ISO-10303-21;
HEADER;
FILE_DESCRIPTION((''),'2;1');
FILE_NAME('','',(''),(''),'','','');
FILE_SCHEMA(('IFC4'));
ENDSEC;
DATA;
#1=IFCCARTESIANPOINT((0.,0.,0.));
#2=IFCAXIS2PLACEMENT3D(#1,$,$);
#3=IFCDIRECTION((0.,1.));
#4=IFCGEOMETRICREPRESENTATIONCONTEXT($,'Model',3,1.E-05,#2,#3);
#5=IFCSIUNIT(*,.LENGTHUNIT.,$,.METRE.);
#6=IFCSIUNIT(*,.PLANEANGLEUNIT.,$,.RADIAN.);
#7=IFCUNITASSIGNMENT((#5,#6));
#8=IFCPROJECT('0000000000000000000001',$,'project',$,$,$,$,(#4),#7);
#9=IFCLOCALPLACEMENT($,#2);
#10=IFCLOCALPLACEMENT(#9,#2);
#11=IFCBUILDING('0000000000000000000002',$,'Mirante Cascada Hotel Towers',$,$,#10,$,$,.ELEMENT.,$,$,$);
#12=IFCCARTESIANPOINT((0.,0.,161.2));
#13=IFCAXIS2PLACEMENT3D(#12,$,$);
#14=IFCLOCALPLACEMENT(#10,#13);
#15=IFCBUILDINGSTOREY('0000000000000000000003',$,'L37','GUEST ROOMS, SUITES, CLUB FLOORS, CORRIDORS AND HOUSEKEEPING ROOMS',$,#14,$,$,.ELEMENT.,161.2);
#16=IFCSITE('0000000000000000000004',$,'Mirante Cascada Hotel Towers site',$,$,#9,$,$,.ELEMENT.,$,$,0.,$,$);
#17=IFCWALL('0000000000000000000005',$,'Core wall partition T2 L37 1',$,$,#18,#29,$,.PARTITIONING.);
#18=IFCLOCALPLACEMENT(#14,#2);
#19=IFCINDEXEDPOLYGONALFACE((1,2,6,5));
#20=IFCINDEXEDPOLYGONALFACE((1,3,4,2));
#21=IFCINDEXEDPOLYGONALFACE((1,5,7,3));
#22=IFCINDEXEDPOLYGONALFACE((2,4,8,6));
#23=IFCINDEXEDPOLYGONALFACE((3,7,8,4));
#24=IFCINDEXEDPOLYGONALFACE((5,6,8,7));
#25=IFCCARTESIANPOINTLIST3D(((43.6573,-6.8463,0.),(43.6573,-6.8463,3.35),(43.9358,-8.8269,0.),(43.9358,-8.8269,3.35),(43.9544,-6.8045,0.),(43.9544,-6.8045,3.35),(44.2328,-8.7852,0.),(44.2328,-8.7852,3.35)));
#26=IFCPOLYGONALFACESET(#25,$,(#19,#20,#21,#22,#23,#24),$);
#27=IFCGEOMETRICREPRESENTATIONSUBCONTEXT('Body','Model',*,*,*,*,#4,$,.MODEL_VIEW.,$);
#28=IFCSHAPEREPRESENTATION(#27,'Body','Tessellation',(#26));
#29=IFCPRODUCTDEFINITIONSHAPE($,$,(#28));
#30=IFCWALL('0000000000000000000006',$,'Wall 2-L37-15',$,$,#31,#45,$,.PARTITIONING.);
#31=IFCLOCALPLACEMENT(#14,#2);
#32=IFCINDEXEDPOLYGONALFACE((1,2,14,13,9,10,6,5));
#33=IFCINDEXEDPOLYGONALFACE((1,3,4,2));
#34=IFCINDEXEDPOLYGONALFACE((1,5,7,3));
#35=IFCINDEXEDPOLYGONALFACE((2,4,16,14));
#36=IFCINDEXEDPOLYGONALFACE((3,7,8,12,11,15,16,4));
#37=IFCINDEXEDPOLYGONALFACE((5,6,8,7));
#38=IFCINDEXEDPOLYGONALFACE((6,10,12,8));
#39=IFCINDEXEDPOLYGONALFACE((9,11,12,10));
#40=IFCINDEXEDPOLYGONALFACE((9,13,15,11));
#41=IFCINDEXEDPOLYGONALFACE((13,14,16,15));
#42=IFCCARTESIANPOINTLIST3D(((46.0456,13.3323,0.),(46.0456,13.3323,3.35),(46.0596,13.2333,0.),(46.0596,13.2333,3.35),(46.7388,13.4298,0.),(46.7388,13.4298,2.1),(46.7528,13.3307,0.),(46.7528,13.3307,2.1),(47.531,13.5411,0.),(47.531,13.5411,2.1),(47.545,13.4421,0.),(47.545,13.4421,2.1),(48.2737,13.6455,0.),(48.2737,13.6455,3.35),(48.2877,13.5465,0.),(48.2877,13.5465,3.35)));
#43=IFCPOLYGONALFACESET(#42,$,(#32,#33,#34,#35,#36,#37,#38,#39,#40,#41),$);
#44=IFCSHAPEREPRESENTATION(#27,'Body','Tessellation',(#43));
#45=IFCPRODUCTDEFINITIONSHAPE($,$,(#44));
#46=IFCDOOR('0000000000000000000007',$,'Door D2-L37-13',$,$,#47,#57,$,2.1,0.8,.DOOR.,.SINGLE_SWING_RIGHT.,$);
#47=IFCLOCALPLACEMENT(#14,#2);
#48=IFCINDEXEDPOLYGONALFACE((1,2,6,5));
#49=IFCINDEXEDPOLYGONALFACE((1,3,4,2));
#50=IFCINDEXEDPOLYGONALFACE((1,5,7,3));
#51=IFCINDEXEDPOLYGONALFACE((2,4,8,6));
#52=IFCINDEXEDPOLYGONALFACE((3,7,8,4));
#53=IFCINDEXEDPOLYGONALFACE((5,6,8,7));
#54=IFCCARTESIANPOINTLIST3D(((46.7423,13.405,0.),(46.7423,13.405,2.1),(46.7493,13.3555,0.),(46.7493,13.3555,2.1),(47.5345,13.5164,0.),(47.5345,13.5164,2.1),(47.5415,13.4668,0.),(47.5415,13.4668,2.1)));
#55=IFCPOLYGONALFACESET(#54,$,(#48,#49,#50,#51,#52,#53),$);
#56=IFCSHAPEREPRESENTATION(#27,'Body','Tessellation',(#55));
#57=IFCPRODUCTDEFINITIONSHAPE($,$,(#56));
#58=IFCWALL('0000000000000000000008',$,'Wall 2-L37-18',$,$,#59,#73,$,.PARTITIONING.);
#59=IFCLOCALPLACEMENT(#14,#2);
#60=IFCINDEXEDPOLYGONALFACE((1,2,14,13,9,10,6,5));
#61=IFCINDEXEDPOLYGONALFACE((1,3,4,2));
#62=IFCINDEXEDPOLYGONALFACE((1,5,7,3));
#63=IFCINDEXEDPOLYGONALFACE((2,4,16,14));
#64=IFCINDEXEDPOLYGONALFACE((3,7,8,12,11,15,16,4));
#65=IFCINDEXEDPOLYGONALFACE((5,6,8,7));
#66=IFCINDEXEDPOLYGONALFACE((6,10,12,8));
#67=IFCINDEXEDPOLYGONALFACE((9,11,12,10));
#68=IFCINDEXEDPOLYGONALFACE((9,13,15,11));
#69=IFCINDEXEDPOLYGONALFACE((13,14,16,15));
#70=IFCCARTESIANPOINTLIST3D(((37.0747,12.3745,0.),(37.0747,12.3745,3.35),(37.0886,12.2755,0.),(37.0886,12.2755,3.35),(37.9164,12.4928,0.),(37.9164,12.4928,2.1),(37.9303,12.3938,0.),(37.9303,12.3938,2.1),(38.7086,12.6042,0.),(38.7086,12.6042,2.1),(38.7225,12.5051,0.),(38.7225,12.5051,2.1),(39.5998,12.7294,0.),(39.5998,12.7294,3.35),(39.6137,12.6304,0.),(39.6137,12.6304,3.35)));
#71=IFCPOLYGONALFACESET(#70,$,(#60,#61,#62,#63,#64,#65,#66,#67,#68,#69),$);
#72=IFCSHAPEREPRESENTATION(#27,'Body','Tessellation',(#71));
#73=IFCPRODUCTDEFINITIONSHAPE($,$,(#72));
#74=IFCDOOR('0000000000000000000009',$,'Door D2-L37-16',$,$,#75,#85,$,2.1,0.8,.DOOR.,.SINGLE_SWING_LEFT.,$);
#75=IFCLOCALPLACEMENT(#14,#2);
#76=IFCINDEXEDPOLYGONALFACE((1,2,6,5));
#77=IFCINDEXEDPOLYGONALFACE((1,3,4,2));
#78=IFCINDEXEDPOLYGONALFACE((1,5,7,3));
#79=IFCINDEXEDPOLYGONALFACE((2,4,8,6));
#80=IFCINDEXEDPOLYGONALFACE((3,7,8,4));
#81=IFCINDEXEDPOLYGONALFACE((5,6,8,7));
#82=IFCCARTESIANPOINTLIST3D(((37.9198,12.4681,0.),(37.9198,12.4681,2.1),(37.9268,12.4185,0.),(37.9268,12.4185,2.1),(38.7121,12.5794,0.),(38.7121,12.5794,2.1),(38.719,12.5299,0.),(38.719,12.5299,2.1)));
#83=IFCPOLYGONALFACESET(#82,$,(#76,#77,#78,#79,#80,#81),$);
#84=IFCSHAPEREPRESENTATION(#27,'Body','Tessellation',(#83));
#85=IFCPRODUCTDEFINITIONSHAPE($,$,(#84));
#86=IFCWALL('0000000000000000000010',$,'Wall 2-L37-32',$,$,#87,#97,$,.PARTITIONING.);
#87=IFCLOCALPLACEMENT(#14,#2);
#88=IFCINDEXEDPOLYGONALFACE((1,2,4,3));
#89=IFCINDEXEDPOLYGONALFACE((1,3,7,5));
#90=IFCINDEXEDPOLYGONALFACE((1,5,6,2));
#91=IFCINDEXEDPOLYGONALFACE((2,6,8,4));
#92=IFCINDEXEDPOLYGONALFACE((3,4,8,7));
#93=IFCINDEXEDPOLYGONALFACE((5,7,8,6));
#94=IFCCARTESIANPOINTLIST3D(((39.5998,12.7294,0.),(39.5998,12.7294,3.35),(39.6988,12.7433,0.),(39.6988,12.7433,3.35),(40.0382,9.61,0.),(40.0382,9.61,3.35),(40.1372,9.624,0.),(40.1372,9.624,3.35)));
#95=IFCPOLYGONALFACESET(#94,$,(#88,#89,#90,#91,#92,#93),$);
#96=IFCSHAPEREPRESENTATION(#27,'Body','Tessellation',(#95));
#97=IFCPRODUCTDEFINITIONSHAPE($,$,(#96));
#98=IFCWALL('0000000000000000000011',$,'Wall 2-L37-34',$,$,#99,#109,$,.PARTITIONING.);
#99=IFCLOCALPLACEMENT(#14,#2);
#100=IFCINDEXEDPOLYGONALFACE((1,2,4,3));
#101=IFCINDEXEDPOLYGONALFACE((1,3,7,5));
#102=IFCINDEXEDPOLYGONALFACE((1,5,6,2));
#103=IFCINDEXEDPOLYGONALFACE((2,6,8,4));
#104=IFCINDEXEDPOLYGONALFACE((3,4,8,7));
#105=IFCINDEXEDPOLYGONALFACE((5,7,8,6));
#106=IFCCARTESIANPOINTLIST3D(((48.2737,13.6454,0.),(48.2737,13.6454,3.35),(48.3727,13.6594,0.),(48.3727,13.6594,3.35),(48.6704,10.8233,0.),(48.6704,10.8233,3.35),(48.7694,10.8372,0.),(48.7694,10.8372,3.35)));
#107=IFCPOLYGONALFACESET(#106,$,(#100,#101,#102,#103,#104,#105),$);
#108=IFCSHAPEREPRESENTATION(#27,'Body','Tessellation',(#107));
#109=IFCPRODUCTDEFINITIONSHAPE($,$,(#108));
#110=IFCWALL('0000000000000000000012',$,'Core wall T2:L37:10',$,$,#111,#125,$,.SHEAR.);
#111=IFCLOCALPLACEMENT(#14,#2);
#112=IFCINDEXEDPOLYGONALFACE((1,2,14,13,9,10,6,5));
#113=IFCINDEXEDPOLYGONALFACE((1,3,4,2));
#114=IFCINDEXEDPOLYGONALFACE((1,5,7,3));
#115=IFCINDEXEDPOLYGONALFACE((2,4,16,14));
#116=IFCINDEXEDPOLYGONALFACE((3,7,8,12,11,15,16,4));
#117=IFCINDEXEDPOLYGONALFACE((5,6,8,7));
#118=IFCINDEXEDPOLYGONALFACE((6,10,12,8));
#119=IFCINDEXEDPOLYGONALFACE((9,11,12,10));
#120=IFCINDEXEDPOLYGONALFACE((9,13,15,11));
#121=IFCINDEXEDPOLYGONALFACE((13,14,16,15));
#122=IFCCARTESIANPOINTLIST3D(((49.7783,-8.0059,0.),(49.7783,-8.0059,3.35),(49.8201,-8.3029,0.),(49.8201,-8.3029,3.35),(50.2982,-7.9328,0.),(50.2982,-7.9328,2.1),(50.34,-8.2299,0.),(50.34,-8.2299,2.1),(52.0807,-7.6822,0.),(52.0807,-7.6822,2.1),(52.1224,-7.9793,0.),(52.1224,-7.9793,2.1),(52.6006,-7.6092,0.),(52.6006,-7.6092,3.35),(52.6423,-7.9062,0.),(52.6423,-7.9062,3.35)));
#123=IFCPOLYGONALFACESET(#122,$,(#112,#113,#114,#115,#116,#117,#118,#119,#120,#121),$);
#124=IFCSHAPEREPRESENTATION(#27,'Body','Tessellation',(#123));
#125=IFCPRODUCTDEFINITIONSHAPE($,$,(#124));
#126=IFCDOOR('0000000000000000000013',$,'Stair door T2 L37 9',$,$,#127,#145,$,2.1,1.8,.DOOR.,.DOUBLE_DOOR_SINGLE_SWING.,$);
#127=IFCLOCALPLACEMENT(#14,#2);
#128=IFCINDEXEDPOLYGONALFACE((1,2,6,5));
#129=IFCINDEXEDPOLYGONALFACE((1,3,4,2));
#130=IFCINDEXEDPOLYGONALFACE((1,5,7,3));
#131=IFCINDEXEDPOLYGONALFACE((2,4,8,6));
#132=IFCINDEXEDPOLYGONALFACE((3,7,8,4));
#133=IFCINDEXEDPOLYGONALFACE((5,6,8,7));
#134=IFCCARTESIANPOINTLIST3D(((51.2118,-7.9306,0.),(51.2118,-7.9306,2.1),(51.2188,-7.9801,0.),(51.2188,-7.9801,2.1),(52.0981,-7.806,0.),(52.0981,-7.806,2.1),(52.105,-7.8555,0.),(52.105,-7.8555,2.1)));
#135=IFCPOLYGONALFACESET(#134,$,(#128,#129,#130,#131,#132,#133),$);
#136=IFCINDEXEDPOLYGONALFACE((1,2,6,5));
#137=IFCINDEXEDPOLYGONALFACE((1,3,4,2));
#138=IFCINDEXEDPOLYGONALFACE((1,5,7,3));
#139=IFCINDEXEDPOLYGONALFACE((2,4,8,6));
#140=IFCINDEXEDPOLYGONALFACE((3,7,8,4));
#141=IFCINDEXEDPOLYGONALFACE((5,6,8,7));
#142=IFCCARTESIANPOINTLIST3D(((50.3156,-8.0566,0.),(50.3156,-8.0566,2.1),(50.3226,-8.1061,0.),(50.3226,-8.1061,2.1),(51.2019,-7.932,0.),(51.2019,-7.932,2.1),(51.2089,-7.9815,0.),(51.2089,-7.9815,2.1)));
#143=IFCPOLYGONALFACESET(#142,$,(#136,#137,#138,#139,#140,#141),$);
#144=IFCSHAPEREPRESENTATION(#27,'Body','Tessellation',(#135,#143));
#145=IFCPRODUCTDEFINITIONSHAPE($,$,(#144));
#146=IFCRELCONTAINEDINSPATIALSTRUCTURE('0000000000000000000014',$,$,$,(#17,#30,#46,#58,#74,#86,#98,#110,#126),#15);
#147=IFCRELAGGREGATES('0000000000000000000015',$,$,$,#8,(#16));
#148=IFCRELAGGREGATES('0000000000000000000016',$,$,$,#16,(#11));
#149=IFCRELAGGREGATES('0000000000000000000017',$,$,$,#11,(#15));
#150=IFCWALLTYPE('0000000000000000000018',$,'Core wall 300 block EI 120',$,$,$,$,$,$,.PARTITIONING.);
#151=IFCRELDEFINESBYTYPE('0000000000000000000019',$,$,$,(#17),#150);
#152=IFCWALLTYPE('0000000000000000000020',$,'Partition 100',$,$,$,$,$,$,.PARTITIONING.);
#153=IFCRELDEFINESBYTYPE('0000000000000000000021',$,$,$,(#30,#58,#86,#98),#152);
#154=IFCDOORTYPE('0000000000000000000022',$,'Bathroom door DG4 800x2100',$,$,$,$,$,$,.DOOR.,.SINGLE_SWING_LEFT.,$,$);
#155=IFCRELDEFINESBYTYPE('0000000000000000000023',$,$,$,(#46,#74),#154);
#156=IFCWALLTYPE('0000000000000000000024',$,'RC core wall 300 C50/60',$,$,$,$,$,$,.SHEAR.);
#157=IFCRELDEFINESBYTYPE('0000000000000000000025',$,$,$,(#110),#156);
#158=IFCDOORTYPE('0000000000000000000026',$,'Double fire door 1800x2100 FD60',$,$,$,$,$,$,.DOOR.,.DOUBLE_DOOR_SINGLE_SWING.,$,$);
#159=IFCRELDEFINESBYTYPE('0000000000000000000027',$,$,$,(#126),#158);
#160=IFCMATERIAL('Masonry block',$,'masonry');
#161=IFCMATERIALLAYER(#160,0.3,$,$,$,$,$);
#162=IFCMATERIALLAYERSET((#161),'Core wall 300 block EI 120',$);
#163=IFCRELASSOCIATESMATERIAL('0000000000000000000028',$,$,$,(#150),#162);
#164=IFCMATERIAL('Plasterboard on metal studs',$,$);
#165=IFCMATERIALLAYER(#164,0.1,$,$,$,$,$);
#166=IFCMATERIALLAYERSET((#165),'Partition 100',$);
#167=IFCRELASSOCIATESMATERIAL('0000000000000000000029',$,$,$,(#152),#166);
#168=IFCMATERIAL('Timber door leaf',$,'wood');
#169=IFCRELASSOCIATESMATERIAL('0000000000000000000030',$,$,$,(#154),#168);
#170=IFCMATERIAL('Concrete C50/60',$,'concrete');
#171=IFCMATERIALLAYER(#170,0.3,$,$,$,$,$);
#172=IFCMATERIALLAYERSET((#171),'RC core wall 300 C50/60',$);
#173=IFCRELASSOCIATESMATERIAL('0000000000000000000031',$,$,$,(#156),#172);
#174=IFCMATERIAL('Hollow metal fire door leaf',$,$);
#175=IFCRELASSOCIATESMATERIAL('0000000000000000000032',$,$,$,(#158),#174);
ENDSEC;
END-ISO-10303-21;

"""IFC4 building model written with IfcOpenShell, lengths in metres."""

from ifc_helpers import new_model, si_unit, direction, frame, frame_2d, origin, place, context, subcontext, project, spatial, rectangle, extrude, material, layer, layer_set, type_object, element, fill, save


model = new_model("IFC4")

# Units and contexts
model_context = context("Model", 3, precision=1e-05, world=origin(), true_north=direction((0.0, 1.0)))
body_context = subcontext(model_context, "Body", "Model", "MODEL_VIEW")
ifc_project = project(units=[si_unit("LENGTHUNIT", "METRE"), si_unit("PLANEANGLEUNIT", "RADIAN")], contexts=[model_context])

# Site, building, storey
site_placement = place(None, origin())
site = spatial("IfcSite", under=ifc_project, at=site_placement, Name="Mirante Cascada Hotel Towers site", CompositionType="ELEMENT", RefElevation=0.0)
building_placement = place(site_placement, origin())
building = spatial("IfcBuilding", under=site, at=building_placement, Name="Mirante Cascada Hotel Towers", CompositionType="ELEMENT")
storey_placement = place(building_placement, frame((0.0, 0.0, 161.2)))
storey = spatial("IfcBuildingStorey", under=building, at=storey_placement, Name="L37", Description="GUEST ROOMS, SUITES, CLUB FLOORS, CORRIDORS AND HOUSEKEEPING ROOMS", CompositionType="ELEMENT", Elevation=161.2)

# Wall
ifc_material_1 = material(Name="Masonry block", Category="masonry")
ifc_layer_1 = layer(ifc_material_1, 0.3)
ifc_layer_set_1 = layer_set([ifc_layer_1], Name="Core wall 300 block EI 120")
wall_type_1 = type_object("IfcWallType", Name="Core wall 300 block EI 120", PredefinedType="PARTITIONING", material=ifc_layer_set_1)
wall_1_placement = place(storey_placement, frame((44.0843, -8.8061, 0.0), z_axis=(0.0, 0.0, 1.0), x_axis=(-0.139195, 0.990265, 0.0)))
element("IfcWall", 1, at=wall_1_placement, inside=storey, type_object=wall_type_1, Name="Core wall partition T2 L37 1", PredefinedType="PARTITIONING", context=body_context, shape_type="SweptSolid", body=[
    extrude(rectangle(XDim=2.0001, YDim=0.3, at=frame_2d((1.0001, 0.0))), origin(), (0.0, 0.0, 1.0), 3.35),
])

# Walls, openings, doors
ifc_material_2 = material(Name="Plasterboard on metal studs")
ifc_layer_2 = layer(ifc_material_2, 0.1)
ifc_layer_set_2 = layer_set([ifc_layer_2], Name="Partition 100")
wall_type_2 = type_object("IfcWallType", Name="Partition 100", PredefinedType="PARTITIONING", material=ifc_layer_set_2)
wall_2_placement = place(storey_placement, frame((48.2807, 13.596, 0.0), z_axis=(0.0, 0.0, 1.0), x_axis=(-0.990264, -0.1392, 0.0)))
wall_2 = element("IfcWall", 2, at=wall_2_placement, inside=storey, type_object=wall_type_2, Name="Wall 2-L37-15", PredefinedType="PARTITIONING", context=body_context, shape_type="SweptSolid", body=[
    extrude(rectangle(XDim=2.25, YDim=0.1, at=frame_2d((1.125, 0.0))), origin(), (0.0, 0.0, 1.0), 3.35),
])
opening_1_placement = place(wall_2_placement, frame((0.75, 0.0, 0.0)))
opening_1 = element("IfcOpeningElement", 3, at=opening_1_placement, cuts=wall_2, PredefinedType="OPENING", context=body_context, shape_type="SweptSolid", body=[
    extrude(rectangle(XDim=0.8, YDim=2.1, at=frame_2d((0.4, 1.05))), frame((0.0, 0.05, 0.0), z_axis=(0.0, -1.0, 0.0), x_axis=(1.0, 0.0, 0.0)), (0.0, 0.0, 1.0), 0.1),
])
ifc_material_3 = material(Name="Timber door leaf", Category="wood")
door_type_1 = type_object("IfcDoorType", Name="Bathroom door DG4 800x2100", OperationType="SINGLE_SWING_LEFT", PredefinedType="DOOR", material=ifc_material_3)
door_1_placement = place(opening_1_placement, frame((0.8, 0.0, 0.0), z_axis=(0.0, 0.0, 1.0), x_axis=(-1.0, 0.0, 0.0)))
door_1 = element("IfcDoor", 4, at=door_1_placement, inside=storey, type_object=door_type_1, Name="Door D2-L37-13", OperationType="SINGLE_SWING_RIGHT", OverallHeight=2.1, OverallWidth=0.8, PredefinedType="DOOR", context=body_context, shape_type="SweptSolid", body=[
    extrude(rectangle(XDim=0.8, YDim=2.1, at=frame_2d((0.4, 1.05))), frame((0.0, 0.025, 0.0), z_axis=(0.0, -1.0, 0.0), x_axis=(1.0, 0.0, 0.0)), (0.0, 0.0, 1.0), 0.05),
])
fill(opening_1, door_1)
wall_3_placement = place(storey_placement, frame((37.0816, 12.325, 0.0), z_axis=(0.0, 0.0, 1.0), x_axis=(0.990267, 0.139181, 0.0)))
wall_3 = element("IfcWall", 5, at=wall_3_placement, inside=storey, type_object=wall_type_2, Name="Wall 2-L37-18", PredefinedType="PARTITIONING", context=body_context, shape_type="SweptSolid", body=[
    extrude(rectangle(XDim=2.5499, YDim=0.1, at=frame_2d((1.275, 0.0))), origin(), (0.0, 0.0, 1.0), 3.35),
])
opening_2_placement = place(wall_3_placement, frame((0.85, 0.0, 0.0)))
opening_2 = element("IfcOpeningElement", 6, at=opening_2_placement, cuts=wall_3, PredefinedType="OPENING", context=body_context, shape_type="SweptSolid", body=[
    extrude(rectangle(XDim=0.8, YDim=2.1, at=frame_2d((0.4, 1.05))), frame((0.0, 0.05, 0.0), z_axis=(0.0, -1.0, 0.0), x_axis=(1.0, 0.0, 0.0)), (0.0, 0.0, 1.0), 0.1),
])
door_2_placement = place(opening_2_placement, origin())
door_2 = element("IfcDoor", 7, at=door_2_placement, inside=storey, type_object=door_type_1, Name="Door D2-L37-16", OperationType="SINGLE_SWING_LEFT", OverallHeight=2.1, OverallWidth=0.8, PredefinedType="DOOR", context=body_context, shape_type="SweptSolid", body=[
    extrude(rectangle(XDim=0.8, YDim=2.1, at=frame_2d((0.4, 1.05))), frame((0.0, 0.025, 0.0), z_axis=(0.0, -1.0, 0.0), x_axis=(1.0, 0.0, 0.0)), (0.0, 0.0, 1.0), 0.05),
])
fill(opening_2, door_2)

# Walls
wall_4_placement = place(storey_placement, frame((40.0877, 9.617, 0.0), z_axis=(0.0, 0.0, 1.0), x_axis=(-0.139177, 0.990268, 0.0)))
element("IfcWall", 8, at=wall_4_placement, inside=storey, type_object=wall_type_2, Name="Wall 2-L37-32", PredefinedType="PARTITIONING", context=body_context, shape_type="SweptSolid", body=[
    extrude(rectangle(XDim=3.15, YDim=0.1, at=frame_2d((1.575, 0.0))), origin(), (0.0, 0.0, 1.0), 3.35),
])
wall_5_placement = place(storey_placement, frame((48.7199, 10.8302, 0.0), z_axis=(0.0, 0.0, 1.0), x_axis=(-0.139196, 0.990265, 0.0)))
element("IfcWall", 9, at=wall_5_placement, inside=storey, type_object=wall_type_2, Name="Wall 2-L37-34", PredefinedType="PARTITIONING", context=body_context, shape_type="SweptSolid", body=[
    extrude(rectangle(XDim=2.8499, YDim=0.1, at=frame_2d((1.425, 0.0))), origin(), (0.0, 0.0, 1.0), 3.35),
])

# Wall, opening, door
ifc_material_4 = material(Name="Concrete C50/60", Category="concrete")
ifc_layer_3 = layer(ifc_material_4, 0.3)
ifc_layer_set_3 = layer_set([ifc_layer_3], Name="RC core wall 300 C50/60")
wall_type_3 = type_object("IfcWallType", Name="RC core wall 300 C50/60", PredefinedType="SHEAR", material=ifc_layer_set_3)
wall_6_placement = place(storey_placement, frame((49.7992, -8.1544, 0.0), z_axis=(0.0, 0.0, 1.0), x_axis=(0.990266, 0.139191, 0.0)))
wall_6 = element("IfcWall", 10, at=wall_6_placement, inside=storey, type_object=wall_type_3, Name="Core wall T2:L37:10", PredefinedType="SHEAR", context=body_context, shape_type="SweptSolid", body=[
    extrude(rectangle(XDim=2.85, YDim=0.3, at=frame_2d((1.425, 0.0))), origin(), (0.0, 0.0, 1.0), 3.35),
])
opening_3_placement = place(wall_6_placement, frame((0.525, 0.0, 0.0)))
opening_3 = element("IfcOpeningElement", 11, at=opening_3_placement, cuts=wall_6, PredefinedType="OPENING", context=body_context, shape_type="SweptSolid", body=[
    extrude(rectangle(XDim=1.8, YDim=2.1, at=frame_2d((0.9, 1.05))), frame((0.0, 0.15, 0.0), z_axis=(0.0, -1.0, 0.0), x_axis=(1.0, 0.0, 0.0)), (0.0, 0.0, 1.0), 0.3),
])
ifc_material_5 = material(Name="Hollow metal fire door leaf")
door_type_2 = type_object("IfcDoorType", Name="Double fire door 1800x2100 FD60", OperationType="DOUBLE_DOOR_SINGLE_SWING", PredefinedType="DOOR", material=ifc_material_5)
door_3_placement = place(opening_3_placement, frame((1.8, 0.0, 0.0), z_axis=(0.0, 0.0, 1.0), x_axis=(-1.0, 0.0, 0.0)))
door_3 = element("IfcDoor", 12, at=door_3_placement, inside=storey, type_object=door_type_2, Name="Stair door T2 L37 9", OperationType="DOUBLE_DOOR_SINGLE_SWING", OverallHeight=2.1, OverallWidth=1.8, PredefinedType="DOOR", context=body_context, shape_type="SweptSolid", body=[
    extrude(rectangle(XDim=0.895, YDim=2.1, at=frame_2d((0.4475, 1.05))), frame((0.0, 0.025, 0.0), z_axis=(0.0, -1.0, 0.0), x_axis=(1.0, 0.0, 0.0)), (0.0, 0.0, 1.0), 0.05),
    extrude(rectangle(XDim=0.895, YDim=2.1, at=frame_2d((1.3525, 1.05))), frame((0.0, 0.025, 0.0), z_axis=(0.0, -1.0, 0.0), x_axis=(1.0, 0.0, 0.0)), (0.0, 0.0, 1.0), 0.05),
])
fill(opening_3, door_3)

save(model, "model.ifc")
